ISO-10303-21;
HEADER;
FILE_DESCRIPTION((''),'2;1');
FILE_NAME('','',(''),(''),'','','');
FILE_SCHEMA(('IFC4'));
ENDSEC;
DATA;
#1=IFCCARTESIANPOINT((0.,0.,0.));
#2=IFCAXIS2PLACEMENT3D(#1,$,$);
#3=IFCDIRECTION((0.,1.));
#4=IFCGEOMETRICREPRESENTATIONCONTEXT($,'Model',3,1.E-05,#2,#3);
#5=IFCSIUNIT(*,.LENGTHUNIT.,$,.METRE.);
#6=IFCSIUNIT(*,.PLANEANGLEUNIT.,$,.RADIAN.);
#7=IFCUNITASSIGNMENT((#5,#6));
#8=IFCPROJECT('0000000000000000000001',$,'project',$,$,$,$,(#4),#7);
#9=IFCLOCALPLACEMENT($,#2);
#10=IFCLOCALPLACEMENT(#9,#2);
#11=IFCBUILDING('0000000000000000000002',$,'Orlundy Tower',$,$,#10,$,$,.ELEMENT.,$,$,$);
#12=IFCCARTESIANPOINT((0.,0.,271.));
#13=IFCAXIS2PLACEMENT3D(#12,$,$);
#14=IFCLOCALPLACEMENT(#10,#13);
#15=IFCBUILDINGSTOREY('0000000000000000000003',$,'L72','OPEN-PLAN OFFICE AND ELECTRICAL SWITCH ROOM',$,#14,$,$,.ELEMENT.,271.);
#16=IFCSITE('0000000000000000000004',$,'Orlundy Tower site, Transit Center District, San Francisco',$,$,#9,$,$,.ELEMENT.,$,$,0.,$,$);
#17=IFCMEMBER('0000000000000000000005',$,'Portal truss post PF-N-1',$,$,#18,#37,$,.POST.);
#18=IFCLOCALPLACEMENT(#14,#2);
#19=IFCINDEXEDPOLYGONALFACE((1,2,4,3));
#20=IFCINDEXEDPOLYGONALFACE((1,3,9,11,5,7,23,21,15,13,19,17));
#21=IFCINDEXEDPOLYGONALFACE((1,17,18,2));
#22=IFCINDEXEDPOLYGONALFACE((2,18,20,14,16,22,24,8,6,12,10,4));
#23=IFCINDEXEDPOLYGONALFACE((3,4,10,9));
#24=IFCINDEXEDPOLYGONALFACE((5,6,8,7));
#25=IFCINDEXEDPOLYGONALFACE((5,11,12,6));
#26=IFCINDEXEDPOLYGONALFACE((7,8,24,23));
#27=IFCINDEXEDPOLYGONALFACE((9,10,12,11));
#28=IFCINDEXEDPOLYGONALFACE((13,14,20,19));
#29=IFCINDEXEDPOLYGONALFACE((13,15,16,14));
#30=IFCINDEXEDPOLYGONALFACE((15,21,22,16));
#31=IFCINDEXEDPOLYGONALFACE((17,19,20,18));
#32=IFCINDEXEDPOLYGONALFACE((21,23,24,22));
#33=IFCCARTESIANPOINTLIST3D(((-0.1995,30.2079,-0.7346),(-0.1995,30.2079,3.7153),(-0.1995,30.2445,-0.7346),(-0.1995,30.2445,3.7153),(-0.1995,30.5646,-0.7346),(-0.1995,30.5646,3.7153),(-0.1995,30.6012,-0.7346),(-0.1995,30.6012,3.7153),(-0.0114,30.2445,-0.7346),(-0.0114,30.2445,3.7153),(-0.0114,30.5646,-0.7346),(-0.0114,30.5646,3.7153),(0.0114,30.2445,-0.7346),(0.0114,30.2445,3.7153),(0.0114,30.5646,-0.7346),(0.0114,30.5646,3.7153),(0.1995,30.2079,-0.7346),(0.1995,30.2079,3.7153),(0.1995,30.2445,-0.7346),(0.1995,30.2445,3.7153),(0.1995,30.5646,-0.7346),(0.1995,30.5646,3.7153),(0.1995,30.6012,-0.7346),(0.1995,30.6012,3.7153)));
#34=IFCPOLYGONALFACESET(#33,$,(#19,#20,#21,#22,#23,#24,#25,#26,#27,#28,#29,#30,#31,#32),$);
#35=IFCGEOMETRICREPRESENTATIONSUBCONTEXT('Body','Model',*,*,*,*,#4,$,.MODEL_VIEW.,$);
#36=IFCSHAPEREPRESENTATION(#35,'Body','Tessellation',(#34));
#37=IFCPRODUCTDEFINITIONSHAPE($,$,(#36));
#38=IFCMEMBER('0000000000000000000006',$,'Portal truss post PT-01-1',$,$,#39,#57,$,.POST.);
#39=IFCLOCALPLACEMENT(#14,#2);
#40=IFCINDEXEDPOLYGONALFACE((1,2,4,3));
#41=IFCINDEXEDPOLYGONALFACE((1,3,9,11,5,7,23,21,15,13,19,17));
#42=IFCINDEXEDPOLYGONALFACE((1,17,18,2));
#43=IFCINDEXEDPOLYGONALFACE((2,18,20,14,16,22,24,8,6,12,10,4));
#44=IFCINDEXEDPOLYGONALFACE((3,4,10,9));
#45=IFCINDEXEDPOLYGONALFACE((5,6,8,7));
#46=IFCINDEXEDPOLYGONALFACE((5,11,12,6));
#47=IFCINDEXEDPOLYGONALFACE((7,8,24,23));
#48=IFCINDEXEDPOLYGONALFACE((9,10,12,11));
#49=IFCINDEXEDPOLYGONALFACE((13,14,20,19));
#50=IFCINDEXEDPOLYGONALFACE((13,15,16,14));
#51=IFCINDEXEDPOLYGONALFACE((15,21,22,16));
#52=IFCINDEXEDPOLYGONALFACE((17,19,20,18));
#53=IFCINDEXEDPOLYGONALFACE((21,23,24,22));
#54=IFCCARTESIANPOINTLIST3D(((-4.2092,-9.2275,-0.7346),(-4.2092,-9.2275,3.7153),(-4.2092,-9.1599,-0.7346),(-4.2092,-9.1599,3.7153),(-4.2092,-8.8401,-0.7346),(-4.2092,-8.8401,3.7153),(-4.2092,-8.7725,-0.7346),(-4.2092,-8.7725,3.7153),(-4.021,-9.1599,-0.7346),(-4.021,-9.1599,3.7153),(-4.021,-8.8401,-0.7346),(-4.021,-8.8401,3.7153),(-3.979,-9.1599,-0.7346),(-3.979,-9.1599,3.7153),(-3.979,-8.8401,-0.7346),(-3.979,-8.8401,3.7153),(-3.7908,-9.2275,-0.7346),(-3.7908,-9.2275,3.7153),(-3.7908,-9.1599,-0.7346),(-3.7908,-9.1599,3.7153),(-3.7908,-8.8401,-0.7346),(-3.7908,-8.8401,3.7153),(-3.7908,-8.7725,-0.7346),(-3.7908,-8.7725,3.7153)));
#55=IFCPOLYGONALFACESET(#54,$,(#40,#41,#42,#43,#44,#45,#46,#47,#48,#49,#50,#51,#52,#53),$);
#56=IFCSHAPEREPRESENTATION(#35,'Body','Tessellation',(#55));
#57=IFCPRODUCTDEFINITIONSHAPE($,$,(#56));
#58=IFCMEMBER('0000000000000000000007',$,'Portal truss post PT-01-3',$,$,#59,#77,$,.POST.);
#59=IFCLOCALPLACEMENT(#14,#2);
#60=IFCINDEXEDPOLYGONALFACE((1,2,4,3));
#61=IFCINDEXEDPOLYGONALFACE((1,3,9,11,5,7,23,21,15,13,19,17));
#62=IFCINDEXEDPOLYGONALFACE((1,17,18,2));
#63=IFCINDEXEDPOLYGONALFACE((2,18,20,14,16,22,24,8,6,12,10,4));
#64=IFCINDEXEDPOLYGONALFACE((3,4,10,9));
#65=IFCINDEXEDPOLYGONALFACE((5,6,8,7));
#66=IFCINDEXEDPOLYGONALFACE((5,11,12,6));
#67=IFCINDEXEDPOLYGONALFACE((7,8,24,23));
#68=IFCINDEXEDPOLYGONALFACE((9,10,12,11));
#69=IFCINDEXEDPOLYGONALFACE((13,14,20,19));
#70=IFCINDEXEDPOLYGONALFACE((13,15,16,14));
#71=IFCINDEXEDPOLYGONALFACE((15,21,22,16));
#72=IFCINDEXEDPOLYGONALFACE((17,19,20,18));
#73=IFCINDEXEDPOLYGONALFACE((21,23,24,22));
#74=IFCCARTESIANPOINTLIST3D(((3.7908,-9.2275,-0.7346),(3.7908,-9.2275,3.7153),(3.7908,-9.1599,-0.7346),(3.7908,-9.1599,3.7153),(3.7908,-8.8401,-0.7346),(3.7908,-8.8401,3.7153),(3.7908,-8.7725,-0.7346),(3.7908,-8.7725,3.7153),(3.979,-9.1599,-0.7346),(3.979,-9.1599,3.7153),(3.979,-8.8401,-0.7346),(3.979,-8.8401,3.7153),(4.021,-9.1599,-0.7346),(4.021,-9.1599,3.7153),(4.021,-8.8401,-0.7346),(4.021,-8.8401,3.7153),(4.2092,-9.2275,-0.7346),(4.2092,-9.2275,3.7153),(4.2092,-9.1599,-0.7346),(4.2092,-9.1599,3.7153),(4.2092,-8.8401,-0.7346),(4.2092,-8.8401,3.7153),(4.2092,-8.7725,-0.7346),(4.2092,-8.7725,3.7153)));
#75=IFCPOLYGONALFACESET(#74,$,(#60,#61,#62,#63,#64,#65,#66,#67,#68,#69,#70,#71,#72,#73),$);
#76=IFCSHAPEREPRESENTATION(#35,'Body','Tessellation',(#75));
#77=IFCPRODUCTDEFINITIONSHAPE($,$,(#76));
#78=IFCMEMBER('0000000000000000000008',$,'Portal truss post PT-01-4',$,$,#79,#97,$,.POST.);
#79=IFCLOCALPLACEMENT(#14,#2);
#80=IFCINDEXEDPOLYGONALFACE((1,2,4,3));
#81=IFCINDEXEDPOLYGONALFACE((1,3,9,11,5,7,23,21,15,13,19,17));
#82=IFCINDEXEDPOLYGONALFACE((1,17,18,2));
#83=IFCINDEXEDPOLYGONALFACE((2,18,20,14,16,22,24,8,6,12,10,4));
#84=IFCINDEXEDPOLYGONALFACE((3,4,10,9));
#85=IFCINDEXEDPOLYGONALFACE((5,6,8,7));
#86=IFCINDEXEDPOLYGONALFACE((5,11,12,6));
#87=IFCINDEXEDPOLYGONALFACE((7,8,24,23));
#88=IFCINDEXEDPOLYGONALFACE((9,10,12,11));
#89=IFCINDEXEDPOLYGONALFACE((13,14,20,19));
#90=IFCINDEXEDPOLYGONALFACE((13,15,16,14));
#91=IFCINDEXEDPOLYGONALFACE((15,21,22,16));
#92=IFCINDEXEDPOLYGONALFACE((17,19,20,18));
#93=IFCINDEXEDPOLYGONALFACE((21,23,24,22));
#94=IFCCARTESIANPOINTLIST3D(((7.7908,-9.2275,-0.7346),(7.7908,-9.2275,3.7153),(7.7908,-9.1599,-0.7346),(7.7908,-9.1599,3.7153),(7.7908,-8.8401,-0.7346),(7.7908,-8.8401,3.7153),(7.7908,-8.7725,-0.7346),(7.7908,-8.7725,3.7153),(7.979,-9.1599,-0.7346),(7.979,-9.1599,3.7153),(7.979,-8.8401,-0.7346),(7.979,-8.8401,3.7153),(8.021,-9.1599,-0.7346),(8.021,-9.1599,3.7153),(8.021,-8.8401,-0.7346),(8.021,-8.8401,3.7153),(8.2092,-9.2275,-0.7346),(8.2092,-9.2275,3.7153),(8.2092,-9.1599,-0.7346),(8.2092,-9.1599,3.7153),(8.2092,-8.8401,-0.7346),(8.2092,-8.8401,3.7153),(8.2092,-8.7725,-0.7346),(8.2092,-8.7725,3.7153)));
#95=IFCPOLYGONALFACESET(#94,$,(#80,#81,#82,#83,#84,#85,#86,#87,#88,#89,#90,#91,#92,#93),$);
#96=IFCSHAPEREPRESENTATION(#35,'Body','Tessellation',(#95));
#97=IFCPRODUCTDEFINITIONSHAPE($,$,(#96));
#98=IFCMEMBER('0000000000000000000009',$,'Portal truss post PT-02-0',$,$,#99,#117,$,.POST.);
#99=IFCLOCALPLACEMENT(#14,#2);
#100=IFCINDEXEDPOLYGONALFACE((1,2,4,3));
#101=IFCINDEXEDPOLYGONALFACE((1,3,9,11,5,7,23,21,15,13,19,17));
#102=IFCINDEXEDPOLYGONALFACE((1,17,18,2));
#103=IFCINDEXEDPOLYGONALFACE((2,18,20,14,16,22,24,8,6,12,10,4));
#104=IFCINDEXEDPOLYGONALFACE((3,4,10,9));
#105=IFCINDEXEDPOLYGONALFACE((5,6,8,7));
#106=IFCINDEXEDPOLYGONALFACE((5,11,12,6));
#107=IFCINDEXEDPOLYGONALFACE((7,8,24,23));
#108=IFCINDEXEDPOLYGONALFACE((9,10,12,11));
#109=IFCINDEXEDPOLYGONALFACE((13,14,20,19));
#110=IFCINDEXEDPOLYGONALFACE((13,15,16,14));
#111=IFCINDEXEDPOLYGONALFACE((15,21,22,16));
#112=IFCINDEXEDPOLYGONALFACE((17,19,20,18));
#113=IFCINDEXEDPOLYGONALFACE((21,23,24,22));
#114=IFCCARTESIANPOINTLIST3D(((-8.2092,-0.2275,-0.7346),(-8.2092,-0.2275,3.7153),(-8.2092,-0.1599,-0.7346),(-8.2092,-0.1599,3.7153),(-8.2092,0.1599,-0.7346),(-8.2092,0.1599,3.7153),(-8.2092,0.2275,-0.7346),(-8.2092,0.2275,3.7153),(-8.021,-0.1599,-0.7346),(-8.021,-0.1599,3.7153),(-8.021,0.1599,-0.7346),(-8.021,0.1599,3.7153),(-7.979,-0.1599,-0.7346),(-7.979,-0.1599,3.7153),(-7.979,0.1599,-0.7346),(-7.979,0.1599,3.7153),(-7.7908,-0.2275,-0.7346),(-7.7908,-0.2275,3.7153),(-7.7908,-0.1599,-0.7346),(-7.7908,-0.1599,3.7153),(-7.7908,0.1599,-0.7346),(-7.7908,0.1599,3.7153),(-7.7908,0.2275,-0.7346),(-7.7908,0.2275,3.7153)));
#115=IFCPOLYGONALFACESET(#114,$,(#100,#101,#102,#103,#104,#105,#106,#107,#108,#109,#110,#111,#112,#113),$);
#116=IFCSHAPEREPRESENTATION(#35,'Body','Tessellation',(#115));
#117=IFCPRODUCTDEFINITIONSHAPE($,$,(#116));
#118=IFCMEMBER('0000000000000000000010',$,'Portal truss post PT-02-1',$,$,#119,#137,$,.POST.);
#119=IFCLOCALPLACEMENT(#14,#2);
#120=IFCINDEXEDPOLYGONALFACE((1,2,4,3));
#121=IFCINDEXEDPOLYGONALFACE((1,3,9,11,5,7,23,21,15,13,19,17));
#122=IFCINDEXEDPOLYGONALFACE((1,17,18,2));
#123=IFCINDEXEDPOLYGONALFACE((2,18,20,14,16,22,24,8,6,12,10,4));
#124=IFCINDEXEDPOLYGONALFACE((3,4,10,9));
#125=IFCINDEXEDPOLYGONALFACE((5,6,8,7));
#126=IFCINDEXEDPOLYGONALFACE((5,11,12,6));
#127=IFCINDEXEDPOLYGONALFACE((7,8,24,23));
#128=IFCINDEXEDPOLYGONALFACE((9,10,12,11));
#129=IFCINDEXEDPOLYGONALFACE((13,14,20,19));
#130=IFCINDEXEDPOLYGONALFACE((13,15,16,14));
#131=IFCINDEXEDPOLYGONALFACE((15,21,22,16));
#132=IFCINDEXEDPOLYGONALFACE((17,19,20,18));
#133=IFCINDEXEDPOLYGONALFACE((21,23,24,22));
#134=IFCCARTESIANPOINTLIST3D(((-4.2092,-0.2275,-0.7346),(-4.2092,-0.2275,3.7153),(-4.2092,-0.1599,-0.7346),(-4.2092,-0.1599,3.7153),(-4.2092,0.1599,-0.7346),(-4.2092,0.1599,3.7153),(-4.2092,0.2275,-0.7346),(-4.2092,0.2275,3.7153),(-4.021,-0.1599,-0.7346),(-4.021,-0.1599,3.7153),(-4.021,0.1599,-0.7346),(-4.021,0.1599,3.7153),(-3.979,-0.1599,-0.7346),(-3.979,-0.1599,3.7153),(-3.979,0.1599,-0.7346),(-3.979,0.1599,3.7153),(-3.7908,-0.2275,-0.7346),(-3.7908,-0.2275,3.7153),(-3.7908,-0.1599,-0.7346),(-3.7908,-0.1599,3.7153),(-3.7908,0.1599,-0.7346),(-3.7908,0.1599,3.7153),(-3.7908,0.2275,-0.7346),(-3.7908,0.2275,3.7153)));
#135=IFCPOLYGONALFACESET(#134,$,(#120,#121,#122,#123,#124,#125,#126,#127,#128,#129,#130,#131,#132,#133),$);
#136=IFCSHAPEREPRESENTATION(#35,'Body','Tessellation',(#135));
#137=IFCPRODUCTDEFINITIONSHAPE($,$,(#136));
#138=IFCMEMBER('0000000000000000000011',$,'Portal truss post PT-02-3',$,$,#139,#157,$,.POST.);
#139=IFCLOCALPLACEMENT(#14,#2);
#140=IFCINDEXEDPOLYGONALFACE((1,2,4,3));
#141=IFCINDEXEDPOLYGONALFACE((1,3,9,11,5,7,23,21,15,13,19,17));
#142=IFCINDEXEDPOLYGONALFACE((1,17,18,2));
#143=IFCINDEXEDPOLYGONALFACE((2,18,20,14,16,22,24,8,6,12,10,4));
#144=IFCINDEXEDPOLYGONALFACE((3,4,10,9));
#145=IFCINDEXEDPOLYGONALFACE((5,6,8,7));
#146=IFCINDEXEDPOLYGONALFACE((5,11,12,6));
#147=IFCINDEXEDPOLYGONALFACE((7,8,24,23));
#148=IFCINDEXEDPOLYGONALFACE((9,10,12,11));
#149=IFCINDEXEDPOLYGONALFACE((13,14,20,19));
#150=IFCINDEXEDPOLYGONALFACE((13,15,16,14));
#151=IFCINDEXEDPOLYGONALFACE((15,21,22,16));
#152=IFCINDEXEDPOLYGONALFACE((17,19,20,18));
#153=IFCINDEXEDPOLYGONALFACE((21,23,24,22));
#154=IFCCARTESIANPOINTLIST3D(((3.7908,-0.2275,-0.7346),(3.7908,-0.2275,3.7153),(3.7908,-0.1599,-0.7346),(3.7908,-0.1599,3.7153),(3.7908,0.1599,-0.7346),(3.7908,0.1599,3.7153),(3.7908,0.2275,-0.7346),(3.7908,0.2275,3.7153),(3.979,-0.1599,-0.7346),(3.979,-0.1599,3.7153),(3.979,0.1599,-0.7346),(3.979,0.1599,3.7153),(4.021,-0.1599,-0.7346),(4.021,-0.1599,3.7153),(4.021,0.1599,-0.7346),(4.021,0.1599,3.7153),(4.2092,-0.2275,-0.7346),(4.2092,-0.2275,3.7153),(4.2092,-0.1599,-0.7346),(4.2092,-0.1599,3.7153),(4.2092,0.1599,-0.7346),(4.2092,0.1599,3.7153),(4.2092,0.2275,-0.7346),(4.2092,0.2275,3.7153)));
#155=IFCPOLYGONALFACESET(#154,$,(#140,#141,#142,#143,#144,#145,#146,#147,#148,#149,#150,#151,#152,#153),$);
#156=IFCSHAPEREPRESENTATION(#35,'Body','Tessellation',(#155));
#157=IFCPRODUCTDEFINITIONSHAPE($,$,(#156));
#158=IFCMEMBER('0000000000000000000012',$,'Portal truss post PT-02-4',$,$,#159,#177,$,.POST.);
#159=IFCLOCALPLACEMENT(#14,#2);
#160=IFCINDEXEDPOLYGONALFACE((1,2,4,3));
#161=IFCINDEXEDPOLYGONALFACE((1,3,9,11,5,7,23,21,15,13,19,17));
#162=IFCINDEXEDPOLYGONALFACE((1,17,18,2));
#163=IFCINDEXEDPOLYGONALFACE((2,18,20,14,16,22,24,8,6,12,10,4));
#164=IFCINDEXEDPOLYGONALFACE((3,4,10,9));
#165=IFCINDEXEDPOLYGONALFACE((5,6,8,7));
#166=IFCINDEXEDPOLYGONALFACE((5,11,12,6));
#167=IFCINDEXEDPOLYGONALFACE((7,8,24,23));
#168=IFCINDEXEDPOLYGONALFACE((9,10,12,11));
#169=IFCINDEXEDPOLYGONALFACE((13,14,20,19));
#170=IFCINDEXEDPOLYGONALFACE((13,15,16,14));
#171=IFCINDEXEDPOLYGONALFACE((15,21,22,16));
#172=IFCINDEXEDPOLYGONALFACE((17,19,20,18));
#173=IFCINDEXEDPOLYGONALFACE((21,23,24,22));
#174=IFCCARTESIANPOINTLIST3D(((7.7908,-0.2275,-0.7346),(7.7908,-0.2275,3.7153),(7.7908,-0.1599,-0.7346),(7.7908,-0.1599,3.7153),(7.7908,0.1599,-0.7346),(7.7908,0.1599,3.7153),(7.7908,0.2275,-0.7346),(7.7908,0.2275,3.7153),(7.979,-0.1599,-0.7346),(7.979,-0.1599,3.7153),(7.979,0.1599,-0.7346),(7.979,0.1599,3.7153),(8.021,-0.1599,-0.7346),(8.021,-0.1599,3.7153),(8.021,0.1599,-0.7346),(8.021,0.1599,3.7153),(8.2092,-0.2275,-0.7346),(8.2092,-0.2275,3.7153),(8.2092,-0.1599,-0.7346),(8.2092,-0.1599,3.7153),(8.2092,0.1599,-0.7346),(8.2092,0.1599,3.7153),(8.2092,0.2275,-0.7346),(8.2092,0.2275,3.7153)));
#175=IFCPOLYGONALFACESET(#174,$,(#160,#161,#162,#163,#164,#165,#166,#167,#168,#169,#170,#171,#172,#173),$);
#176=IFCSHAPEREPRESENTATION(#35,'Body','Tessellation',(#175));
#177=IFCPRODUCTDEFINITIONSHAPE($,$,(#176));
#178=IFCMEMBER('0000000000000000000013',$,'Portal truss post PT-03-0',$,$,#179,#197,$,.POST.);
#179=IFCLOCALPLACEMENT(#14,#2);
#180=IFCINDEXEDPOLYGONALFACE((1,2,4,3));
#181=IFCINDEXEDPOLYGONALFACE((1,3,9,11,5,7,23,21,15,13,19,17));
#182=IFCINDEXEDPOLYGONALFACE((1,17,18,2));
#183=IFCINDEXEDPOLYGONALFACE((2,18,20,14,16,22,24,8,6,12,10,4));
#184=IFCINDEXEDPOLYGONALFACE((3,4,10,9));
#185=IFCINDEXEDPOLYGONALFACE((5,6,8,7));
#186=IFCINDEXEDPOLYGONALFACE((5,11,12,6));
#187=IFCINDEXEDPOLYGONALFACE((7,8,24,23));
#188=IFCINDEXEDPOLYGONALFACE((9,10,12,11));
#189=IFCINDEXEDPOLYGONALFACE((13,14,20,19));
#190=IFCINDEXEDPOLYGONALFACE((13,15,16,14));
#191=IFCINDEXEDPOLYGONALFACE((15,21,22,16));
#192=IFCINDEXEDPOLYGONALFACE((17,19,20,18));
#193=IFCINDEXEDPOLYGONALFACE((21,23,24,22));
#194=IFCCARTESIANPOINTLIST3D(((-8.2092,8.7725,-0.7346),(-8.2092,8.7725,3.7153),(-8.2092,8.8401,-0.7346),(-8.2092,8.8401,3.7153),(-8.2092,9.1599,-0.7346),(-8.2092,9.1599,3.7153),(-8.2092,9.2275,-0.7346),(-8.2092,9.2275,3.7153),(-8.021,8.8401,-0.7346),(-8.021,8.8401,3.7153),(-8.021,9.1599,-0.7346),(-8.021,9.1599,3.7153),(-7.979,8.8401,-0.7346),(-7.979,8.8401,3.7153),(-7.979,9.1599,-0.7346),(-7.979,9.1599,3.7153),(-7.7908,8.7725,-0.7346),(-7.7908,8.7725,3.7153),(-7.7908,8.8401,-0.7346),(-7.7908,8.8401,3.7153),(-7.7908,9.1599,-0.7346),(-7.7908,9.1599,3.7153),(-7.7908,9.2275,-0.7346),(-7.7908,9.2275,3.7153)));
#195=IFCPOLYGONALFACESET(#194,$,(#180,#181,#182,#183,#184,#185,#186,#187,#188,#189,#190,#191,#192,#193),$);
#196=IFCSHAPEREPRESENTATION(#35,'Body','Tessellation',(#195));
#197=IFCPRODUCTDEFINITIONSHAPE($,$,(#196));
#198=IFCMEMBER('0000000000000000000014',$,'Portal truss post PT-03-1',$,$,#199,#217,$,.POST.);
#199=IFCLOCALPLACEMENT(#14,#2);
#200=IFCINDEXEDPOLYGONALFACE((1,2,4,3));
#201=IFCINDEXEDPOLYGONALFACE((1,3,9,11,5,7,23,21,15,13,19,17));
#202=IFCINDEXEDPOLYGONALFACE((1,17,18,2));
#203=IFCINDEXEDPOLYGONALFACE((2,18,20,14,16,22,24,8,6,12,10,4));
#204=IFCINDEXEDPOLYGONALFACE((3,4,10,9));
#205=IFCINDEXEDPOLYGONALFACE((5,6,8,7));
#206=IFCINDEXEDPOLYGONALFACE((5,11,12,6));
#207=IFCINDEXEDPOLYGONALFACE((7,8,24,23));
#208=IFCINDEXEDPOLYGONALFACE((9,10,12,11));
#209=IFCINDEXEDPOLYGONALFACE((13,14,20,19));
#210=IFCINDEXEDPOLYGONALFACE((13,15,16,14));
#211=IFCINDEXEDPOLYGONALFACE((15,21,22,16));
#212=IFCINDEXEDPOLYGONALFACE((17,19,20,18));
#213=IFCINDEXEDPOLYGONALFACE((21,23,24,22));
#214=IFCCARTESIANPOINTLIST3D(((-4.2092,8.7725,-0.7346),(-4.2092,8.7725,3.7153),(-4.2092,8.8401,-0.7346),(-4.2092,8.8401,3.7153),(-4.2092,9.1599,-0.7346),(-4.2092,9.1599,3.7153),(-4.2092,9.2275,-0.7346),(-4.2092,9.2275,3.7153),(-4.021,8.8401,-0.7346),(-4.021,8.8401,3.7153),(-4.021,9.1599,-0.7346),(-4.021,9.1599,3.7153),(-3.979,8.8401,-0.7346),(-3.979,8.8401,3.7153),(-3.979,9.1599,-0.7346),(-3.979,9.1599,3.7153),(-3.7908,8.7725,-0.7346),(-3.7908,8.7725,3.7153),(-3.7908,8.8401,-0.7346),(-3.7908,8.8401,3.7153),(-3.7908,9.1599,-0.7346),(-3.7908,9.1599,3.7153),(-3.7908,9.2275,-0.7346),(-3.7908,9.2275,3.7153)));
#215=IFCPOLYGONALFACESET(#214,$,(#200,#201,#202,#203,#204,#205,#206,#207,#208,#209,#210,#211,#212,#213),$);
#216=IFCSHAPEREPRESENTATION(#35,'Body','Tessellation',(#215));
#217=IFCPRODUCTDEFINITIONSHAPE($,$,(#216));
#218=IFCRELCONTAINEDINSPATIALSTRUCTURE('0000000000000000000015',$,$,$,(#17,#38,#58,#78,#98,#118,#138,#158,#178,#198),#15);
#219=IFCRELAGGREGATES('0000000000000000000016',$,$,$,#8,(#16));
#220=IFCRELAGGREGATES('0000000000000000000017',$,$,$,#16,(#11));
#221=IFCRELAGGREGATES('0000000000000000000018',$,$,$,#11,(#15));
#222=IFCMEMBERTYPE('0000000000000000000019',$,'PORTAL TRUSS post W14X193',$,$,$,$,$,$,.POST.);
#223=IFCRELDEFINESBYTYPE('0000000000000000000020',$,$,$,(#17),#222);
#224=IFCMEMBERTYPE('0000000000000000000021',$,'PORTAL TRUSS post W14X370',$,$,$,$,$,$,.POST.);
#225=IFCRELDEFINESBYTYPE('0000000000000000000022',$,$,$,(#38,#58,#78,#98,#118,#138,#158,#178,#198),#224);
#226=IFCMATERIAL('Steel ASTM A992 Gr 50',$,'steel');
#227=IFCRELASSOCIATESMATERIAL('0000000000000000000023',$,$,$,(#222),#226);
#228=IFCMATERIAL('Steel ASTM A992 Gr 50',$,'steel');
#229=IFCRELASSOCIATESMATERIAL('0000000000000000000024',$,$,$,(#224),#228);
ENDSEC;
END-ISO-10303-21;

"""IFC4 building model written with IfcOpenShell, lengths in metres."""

from ifc_helpers import new_model, si_unit, direction, frame, origin, origin_2d, place, context, subcontext, project, spatial, i_section, extrude, material, material_profile, profile_set, type_object, element, save


model = new_model("IFC4")

# Units and contexts
model_context = context("Model", 3, precision=1e-05, world=origin(), true_north=direction((0.0, 1.0)))
body_context = subcontext(model_context, "Body", "Model", "MODEL_VIEW")
ifc_project = project(units=[si_unit("LENGTHUNIT", "METRE"), si_unit("PLANEANGLEUNIT", "RADIAN")], contexts=[model_context])

# Site, building, storey
site_placement = place(None, origin())
site = spatial("IfcSite", under=ifc_project, at=site_placement, Name="Orlundy Tower site, Transit Center District, San Francisco", CompositionType="ELEMENT", RefElevation=0.0)
building_placement = place(site_placement, origin())
building = spatial("IfcBuilding", under=site, at=building_placement, Name="Orlundy Tower", CompositionType="ELEMENT")
storey_placement = place(building_placement, frame((0.0, 0.0, 271.0)))
storey = spatial("IfcBuildingStorey", under=building, at=storey_placement, Name="L72", Description="OPEN-PLAN OFFICE AND ELECTRICAL SWITCH ROOM", CompositionType="ELEMENT", Elevation=271.0)

# Members
ifc_material_1 = material(Name="Steel ASTM A992 Gr 50", Category="steel")
ifc_material_profile_1 = material_profile(ifc_material_1, i_section(OverallWidth=0.3989, OverallDepth=0.3933, WebThickness=0.0227, FlangeThickness=0.0366, at=origin_2d()), Name="W14X193")
ifc_profile_set_1 = profile_set([ifc_material_profile_1], Name="Steel ASTM A992 Gr 50")
member_type_1 = type_object("IfcMemberType", Name="PORTAL TRUSS post W14X193", PredefinedType="POST", material=ifc_profile_set_1)
member_1_placement = place(storey_placement, frame((0.0, 30.4045, -0.7346), z_axis=(0.0, 0.0, 1.0), x_axis=(1.0, 0.0, 0.0)))
element("IfcMember", 1, at=member_1_placement, inside=storey, type_object=member_type_1, Name="Portal truss post PF-N-1", PredefinedType="POST", context=body_context, shape_type="SweptSolid", body=[
    extrude(i_section(OverallWidth=0.3989, OverallDepth=0.3933, WebThickness=0.0227, FlangeThickness=0.0366, at=origin_2d()), origin(), (0.0, 0.0, 1.0), 4.45),
])
ifc_material_2 = material(Name="Steel ASTM A992 Gr 50", Category="steel")
ifc_material_profile_2 = material_profile(ifc_material_2, i_section(OverallWidth=0.4185, OverallDepth=0.4551, WebThickness=0.042, FlangeThickness=0.0676, at=origin_2d()), Name="W14X370")
ifc_profile_set_2 = profile_set([ifc_material_profile_2], Name="Steel ASTM A992 Gr 50")
member_type_2 = type_object("IfcMemberType", Name="PORTAL TRUSS post W14X370", PredefinedType="POST", material=ifc_profile_set_2)
for number, where, z_axis, x_axis, name in (
    (2, (-4.0, -9.0, -0.7346), (0.0, 0.0, 1.0), (1.0, 0.0, 0.0), "Portal truss post PT-01-1"),
    (3, (4.0, -9.0, -0.7346), (0.0, 0.0, 1.0), (1.0, 0.0, 0.0), "Portal truss post PT-01-3"),
    (4, (8.0, -9.0, -0.7346), (0.0, 0.0, 1.0), (1.0, 0.0, 0.0), "Portal truss post PT-01-4"),
    (5, (-8.0, 0.0, -0.7346), (0.0, 0.0, 1.0), (1.0, 0.0, 0.0), "Portal truss post PT-02-0"),
    (6, (-4.0, 0.0, -0.7346), (0.0, 0.0, 1.0), (1.0, 0.0, 0.0), "Portal truss post PT-02-1"),
    (7, (4.0, 0.0, -0.7346), (0.0, 0.0, 1.0), (1.0, 0.0, 0.0), "Portal truss post PT-02-3"),
    (8, (8.0, 0.0, -0.7346), (0.0, 0.0, 1.0), (1.0, 0.0, 0.0), "Portal truss post PT-02-4"),
    (9, (-8.0, 9.0, -0.7346), (0.0, 0.0, 1.0), (1.0, 0.0, 0.0), "Portal truss post PT-03-0"),
    (10, (-4.0, 9.0, -0.7346), (0.0, 0.0, 1.0), (1.0, 0.0, 0.0), "Portal truss post PT-03-1"),
):
    element("IfcMember", number, at=place(storey_placement, frame(where, z_axis=z_axis, x_axis=x_axis)), inside=storey, type_object=member_type_2, Name=name, PredefinedType="POST", context=body_context, shape_type="SweptSolid", body=[
        extrude(i_section(OverallWidth=0.4185, OverallDepth=0.4551, WebThickness=0.042, FlangeThickness=0.0676, at=origin_2d()), origin(), (0.0, 0.0, 1.0), 4.45),
    ])

save(model, "model.ifc")
